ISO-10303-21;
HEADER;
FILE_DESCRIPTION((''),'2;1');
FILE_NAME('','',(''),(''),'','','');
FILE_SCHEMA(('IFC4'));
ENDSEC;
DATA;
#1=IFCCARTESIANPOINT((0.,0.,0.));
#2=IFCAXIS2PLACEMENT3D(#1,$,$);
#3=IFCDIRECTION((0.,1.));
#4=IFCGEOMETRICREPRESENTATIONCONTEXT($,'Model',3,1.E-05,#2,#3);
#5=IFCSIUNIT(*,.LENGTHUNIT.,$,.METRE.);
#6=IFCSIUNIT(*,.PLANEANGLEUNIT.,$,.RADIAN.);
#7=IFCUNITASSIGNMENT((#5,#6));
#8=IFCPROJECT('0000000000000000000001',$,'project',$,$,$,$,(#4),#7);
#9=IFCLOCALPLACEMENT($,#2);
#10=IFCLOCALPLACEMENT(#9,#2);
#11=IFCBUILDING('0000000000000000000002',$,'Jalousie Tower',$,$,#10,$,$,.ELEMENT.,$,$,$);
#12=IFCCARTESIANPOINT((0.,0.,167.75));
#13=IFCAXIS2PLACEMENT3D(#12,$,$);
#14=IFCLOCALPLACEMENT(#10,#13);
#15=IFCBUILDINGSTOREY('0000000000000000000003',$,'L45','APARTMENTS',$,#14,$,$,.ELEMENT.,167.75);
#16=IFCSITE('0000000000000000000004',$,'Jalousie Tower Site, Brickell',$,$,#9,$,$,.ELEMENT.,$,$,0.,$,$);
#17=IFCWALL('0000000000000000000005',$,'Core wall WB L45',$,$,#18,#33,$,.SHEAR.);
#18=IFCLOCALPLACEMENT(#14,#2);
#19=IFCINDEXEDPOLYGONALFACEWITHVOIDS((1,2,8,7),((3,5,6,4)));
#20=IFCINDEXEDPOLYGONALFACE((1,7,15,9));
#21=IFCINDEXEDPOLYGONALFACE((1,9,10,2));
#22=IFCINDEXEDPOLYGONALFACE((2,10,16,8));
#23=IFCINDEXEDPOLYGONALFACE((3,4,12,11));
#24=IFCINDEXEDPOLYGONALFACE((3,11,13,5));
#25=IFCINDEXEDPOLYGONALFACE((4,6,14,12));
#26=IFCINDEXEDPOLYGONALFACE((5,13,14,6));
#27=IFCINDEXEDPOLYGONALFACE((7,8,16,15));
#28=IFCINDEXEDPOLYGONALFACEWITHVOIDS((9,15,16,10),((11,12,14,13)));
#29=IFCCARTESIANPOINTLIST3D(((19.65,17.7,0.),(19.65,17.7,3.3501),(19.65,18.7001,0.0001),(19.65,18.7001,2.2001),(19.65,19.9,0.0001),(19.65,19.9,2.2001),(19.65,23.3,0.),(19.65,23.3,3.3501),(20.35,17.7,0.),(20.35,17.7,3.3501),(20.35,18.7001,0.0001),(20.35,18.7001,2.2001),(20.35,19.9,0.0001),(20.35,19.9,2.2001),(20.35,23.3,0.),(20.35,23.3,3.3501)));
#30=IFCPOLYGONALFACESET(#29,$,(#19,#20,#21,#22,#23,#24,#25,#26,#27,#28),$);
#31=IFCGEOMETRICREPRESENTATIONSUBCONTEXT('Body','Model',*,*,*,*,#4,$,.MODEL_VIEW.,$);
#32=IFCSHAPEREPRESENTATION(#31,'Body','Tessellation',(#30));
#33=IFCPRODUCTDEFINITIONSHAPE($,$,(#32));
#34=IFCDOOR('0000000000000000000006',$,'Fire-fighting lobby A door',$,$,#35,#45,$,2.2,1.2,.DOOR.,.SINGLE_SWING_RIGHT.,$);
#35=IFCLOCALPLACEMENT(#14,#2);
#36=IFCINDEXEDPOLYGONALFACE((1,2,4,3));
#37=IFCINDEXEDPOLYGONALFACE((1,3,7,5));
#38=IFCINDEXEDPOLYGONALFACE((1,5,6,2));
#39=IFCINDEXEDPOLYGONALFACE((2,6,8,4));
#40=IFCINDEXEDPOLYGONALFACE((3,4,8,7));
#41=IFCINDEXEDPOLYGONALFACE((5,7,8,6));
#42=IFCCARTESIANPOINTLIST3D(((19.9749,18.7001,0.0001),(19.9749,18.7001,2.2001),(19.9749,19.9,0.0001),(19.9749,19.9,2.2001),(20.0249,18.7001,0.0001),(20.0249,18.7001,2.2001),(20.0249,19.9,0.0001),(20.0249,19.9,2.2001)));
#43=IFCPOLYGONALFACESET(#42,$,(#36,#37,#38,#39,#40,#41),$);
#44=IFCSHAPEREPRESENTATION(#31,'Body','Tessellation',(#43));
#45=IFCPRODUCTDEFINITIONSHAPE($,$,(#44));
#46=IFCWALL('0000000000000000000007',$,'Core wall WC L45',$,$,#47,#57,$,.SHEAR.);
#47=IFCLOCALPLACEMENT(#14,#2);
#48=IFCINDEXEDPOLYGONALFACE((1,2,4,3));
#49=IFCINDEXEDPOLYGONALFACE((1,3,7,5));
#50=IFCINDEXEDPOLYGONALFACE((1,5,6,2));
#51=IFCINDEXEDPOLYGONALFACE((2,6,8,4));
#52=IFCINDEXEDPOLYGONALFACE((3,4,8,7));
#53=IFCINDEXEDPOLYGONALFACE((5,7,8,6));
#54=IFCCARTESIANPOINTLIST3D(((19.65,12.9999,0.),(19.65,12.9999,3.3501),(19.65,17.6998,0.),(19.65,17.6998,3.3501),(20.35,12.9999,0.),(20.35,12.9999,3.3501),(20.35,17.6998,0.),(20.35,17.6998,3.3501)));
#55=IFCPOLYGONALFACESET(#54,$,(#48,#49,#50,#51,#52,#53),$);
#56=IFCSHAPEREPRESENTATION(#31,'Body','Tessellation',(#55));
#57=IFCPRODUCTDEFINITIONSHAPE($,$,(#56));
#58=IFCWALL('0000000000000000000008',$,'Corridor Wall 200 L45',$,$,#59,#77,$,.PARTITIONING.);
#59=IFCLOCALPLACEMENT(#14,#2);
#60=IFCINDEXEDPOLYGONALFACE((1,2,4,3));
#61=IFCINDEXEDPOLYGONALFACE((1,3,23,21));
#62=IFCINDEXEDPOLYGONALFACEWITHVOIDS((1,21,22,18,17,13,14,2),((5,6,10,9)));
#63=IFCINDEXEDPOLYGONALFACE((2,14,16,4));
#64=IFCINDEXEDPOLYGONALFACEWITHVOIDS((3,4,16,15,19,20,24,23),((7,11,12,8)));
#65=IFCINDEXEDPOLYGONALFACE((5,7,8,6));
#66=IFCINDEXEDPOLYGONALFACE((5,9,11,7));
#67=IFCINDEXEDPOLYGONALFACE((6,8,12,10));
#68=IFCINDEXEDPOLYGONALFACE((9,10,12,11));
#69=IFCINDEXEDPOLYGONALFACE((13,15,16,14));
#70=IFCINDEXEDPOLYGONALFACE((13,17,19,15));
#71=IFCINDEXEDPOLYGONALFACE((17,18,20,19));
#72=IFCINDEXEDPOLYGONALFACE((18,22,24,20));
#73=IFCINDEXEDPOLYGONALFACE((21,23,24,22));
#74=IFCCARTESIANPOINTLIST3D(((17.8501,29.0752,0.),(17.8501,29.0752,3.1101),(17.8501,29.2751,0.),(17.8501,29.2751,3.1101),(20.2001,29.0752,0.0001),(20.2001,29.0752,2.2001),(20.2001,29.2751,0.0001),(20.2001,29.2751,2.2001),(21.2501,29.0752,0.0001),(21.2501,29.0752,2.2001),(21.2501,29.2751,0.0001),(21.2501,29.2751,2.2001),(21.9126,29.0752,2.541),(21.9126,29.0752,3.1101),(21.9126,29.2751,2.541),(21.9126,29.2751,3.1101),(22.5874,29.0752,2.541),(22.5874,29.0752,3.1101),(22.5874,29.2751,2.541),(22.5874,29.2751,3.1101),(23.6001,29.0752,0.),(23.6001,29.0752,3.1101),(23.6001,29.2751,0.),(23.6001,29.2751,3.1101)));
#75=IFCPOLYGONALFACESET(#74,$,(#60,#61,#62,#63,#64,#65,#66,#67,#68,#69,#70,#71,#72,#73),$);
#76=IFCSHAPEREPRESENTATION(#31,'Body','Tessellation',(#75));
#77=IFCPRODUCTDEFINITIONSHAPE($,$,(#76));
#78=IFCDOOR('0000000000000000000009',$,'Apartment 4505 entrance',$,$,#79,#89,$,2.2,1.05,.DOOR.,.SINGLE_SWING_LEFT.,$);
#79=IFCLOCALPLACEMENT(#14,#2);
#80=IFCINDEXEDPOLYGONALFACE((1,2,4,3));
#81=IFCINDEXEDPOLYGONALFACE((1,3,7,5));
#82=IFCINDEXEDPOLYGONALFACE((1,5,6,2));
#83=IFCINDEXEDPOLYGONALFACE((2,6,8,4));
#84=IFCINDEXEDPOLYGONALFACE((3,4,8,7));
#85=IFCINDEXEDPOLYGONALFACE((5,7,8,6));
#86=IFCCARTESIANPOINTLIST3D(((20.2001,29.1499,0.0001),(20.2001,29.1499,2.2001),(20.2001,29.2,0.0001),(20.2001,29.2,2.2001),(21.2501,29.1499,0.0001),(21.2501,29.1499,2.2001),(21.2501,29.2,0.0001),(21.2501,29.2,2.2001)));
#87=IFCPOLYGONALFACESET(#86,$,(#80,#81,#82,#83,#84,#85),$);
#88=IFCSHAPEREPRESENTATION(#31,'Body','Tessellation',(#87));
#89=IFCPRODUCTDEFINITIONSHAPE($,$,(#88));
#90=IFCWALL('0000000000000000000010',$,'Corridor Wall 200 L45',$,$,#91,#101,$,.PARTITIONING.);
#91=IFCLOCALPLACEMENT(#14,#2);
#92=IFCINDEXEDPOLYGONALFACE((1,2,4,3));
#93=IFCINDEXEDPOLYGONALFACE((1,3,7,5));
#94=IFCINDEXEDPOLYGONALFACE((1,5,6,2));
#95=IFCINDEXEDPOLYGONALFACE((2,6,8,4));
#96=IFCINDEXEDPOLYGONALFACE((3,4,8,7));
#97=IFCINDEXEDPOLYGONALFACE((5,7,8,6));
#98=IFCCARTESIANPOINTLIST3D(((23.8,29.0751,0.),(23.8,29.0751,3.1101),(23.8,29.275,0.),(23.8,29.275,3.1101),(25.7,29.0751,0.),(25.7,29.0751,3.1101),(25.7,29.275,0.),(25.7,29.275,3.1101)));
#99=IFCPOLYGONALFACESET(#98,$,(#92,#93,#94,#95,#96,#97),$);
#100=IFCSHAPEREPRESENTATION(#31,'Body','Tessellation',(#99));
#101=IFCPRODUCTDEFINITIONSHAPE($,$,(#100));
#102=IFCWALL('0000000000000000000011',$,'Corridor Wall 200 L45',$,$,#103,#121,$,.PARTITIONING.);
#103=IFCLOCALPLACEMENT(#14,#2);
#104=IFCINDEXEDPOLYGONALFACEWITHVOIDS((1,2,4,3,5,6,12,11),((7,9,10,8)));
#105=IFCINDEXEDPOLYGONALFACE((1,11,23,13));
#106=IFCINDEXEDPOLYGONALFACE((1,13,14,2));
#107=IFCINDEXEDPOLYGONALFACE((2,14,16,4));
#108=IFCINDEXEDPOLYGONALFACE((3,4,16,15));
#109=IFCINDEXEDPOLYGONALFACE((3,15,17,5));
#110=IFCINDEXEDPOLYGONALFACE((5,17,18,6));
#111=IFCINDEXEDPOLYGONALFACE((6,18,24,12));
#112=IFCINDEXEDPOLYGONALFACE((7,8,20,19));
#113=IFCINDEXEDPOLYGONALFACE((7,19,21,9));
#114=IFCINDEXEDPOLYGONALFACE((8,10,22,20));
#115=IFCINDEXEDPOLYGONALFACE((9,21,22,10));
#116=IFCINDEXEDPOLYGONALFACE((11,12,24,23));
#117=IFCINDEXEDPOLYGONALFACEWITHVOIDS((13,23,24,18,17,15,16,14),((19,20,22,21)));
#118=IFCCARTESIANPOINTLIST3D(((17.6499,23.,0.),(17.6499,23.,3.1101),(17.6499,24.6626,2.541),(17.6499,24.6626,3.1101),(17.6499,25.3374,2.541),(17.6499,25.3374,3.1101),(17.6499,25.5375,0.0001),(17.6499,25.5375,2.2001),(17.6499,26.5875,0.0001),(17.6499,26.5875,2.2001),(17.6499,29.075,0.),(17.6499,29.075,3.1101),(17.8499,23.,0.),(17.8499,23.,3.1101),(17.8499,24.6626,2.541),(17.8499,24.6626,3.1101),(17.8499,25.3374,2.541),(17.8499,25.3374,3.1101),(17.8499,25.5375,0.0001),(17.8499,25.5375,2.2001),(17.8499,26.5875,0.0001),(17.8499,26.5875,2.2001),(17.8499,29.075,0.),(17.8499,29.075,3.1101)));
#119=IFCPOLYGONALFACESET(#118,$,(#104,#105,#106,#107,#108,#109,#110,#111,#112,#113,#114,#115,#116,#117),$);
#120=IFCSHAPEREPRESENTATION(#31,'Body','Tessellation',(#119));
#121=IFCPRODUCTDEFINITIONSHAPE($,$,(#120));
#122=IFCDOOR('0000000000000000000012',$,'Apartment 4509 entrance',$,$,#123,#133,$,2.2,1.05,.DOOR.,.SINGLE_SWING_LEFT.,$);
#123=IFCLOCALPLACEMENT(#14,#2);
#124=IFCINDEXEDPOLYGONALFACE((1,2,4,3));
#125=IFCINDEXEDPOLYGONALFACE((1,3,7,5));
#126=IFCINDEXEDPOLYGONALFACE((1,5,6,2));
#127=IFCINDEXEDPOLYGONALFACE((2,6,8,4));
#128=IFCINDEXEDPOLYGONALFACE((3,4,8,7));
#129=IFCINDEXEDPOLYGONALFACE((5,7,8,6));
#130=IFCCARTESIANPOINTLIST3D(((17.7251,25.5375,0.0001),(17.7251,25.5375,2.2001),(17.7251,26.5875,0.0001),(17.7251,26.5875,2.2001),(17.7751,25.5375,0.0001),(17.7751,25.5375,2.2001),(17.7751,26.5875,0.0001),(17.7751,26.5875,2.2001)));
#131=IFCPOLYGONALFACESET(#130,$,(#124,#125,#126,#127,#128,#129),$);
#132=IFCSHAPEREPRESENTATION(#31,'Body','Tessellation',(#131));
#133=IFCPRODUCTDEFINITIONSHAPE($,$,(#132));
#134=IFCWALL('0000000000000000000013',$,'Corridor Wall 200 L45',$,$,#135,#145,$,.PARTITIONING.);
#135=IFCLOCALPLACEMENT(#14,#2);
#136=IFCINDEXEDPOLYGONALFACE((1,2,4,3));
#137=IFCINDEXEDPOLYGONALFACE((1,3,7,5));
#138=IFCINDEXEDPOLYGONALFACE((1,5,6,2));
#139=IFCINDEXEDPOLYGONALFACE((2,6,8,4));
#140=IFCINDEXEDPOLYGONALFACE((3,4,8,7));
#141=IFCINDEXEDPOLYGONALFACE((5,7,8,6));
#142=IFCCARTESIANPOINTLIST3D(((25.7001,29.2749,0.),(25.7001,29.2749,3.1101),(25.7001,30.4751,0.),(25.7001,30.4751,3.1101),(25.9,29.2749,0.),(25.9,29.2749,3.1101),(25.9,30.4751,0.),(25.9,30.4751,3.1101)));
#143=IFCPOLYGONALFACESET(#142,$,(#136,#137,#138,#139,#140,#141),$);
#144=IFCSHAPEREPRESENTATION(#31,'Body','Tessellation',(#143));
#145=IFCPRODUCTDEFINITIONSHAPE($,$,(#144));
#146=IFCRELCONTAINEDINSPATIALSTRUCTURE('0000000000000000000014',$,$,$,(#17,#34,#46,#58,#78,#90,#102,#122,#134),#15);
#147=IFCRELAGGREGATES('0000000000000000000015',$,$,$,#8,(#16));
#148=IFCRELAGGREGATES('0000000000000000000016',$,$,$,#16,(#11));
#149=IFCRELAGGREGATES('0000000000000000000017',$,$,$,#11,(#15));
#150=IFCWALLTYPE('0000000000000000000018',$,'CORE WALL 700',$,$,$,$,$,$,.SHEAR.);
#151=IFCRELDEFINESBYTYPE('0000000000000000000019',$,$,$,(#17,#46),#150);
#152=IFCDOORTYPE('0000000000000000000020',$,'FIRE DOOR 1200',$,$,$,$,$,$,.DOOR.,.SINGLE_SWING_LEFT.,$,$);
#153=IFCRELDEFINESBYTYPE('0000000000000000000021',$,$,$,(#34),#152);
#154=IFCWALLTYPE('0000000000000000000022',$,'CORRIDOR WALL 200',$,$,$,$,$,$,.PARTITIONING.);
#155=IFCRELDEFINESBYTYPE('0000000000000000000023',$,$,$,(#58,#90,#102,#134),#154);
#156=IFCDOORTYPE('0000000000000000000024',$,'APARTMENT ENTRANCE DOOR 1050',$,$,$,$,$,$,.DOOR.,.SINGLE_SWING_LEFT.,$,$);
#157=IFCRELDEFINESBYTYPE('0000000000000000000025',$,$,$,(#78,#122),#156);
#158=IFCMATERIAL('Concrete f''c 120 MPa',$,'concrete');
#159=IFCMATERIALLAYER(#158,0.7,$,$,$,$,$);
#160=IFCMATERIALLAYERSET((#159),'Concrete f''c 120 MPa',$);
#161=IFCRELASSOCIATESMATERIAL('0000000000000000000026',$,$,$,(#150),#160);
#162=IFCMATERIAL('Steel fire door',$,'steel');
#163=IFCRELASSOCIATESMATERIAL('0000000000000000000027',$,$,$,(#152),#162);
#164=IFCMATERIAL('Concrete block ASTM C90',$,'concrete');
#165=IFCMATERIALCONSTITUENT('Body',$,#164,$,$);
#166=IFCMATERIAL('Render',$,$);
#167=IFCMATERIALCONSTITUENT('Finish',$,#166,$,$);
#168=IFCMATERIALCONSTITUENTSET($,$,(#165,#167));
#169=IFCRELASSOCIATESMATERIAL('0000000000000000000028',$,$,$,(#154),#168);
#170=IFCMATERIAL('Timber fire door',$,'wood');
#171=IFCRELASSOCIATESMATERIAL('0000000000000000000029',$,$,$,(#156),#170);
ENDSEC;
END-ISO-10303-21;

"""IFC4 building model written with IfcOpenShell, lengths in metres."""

from ifc_helpers import new_model, si_unit, direction, frame, frame_2d, origin, place, context, subcontext, project, spatial, polyline, rectangle, outline, extrude, material, layer, layer_set, constituent, constituent_set, type_object, element, fill, save


model = new_model("IFC4")

# Units and contexts
model_context = context("Model", 3, precision=1e-05, world=origin(), true_north=direction((0.0, 1.0)))
body_context = subcontext(model_context, "Body", "Model", "MODEL_VIEW")
ifc_project = project(units=[si_unit("LENGTHUNIT", "METRE"), si_unit("PLANEANGLEUNIT", "RADIAN")], contexts=[model_context])

# Site, building, storey
site_placement = place(None, origin())
site = spatial("IfcSite", under=ifc_project, at=site_placement, Name="Jalousie Tower Site, Brickell", CompositionType="ELEMENT", RefElevation=0.0)
building_placement = place(site_placement, origin())
building = spatial("IfcBuilding", under=site, at=building_placement, Name="Jalousie Tower", CompositionType="ELEMENT")
storey_placement = place(building_placement, frame((0.0, 0.0, 167.75)))
storey = spatial("IfcBuildingStorey", under=building, at=storey_placement, Name="L45", Description="APARTMENTS", CompositionType="ELEMENT", Elevation=167.75)

# Shared definitions
ifc_material_1 = material(Name="Concrete f'c 120 MPa", Category="concrete")
ifc_layer_1 = layer(ifc_material_1, 0.7)
ifc_layer_set_1 = layer_set([ifc_layer_1], Name="Concrete f'c 120 MPa")
wall_type_1 = type_object("IfcWallType", Name="CORE WALL 700", PredefinedType="SHEAR", material=ifc_layer_set_1)

# Wall, opening, door
wall_1_placement = place(storey_placement, frame((20.0, 23.3, 0.0), z_axis=(0.0, 0.0, 1.0), x_axis=(0.0, -1.0, 0.0)))
wall_1 = element("IfcWall", 1, at=wall_1_placement, inside=storey, type_object=wall_type_1, Name="Core wall WB L45", PredefinedType="SHEAR", context=body_context, shape_type="SweptSolid", body=[
    extrude(rectangle(XDim=5.6001, YDim=0.7, at=frame_2d((2.8, 0.0))), origin(), (0.0, 0.0, 1.0), 3.3501),
])
opening_1_placement = place(wall_1_placement, frame((3.3999, 0.0, 0.0)))
opening_1 = element("IfcOpeningElement", 2, at=opening_1_placement, cuts=wall_1, PredefinedType="OPENING", context=body_context, shape_type="SweptSolid", body=[
    extrude(rectangle(XDim=1.2, YDim=2.2, at=frame_2d((0.6001, 1.1001))), frame((0.0, 0.3599, 0.0), z_axis=(0.0, -1.0, 0.0), x_axis=(1.0, 0.0, 0.0)), (0.0, 0.0, 1.0), 0.72),
])
ifc_material_2 = material(Name="Steel fire door", Category="steel")
door_type_1 = type_object("IfcDoorType", Name="FIRE DOOR 1200", OperationType="SINGLE_SWING_LEFT", PredefinedType="DOOR", material=ifc_material_2)
door_1_placement = place(opening_1_placement, origin())
door_1 = element("IfcDoor", 3, at=door_1_placement, inside=storey, type_object=door_type_1, Name="Fire-fighting lobby A door", OperationType="SINGLE_SWING_RIGHT", OverallHeight=2.2, OverallWidth=1.2, PredefinedType="DOOR", context=body_context, shape_type="SweptSolid", body=[
    extrude(rectangle(XDim=1.2, YDim=2.2, at=frame_2d((0.6001, 1.1001))), frame((0.0, 0.0249, 0.0), z_axis=(0.0, -1.0, 0.0), x_axis=(1.0, 0.0, 0.0)), (0.0, 0.0, 1.0), 0.05),
])
fill(opening_1, door_1)

# Wall
wall_2_placement = place(storey_placement, frame((20.0, 17.7, 0.0), z_axis=(0.0, 0.0, 1.0), x_axis=(0.0, -1.0, 0.0)))
element("IfcWall", 4, at=wall_2_placement, inside=storey, type_object=wall_type_1, Name="Core wall WC L45", PredefinedType="SHEAR", context=body_context, shape_type="SweptSolid", body=[
    extrude(rectangle(XDim=4.7, YDim=0.7, at=frame_2d((2.3501, 0.0))), origin(), (0.0, 0.0, 1.0), 3.3501),
])

# Wall, opening, door
ifc_material_3 = material(Name="Concrete block ASTM C90", Category="concrete")
ifc_constituent_1 = constituent(ifc_material_3, Name="Body")
ifc_material_4 = material(Name="Render")
ifc_constituent_2 = constituent(ifc_material_4, Name="Finish")
ifc_constituent_set_1 = constituent_set(constituents=[ifc_constituent_1, ifc_constituent_2])
wall_type_2 = type_object("IfcWallType", Name="CORRIDOR WALL 200", PredefinedType="PARTITIONING", material=ifc_constituent_set_1)
wall_3_placement = place(storey_placement, frame((17.8501, 29.175, 0.0), z_axis=(0.0, 0.0, 1.0), x_axis=(1.0, 0.0, 0.0)))
wall_3 = element("IfcWall", 5, at=wall_3_placement, inside=storey, type_object=wall_type_2, Name="Corridor Wall 200 L45", PredefinedType="PARTITIONING", context=body_context, shape_type="SweptSolid", body=[
    extrude(outline(polyline([(0.0, 0.0), (5.75, 0.0), (5.75, 3.1101), (4.7373, 3.1101), (4.7373, 2.541), (4.0625, 2.541), (4.0625, 3.1101), (0.0, 3.1101), (0.0, 0.0)])), frame((0.0, 0.1001, 0.0), z_axis=(0.0, -1.0, 0.0), x_axis=(1.0, 0.0, 0.0)), (0.0, 0.0, 1.0), 0.2),
])
opening_2_placement = place(wall_3_placement, frame((2.3501, 0.0, 0.0)))
opening_2 = element("IfcOpeningElement", 6, at=opening_2_placement, cuts=wall_3, PredefinedType="OPENING", context=body_context, shape_type="SweptSolid", body=[
    extrude(rectangle(XDim=1.05, YDim=2.2, at=frame_2d((0.5249, 1.1001))), frame((0.0, 0.1099, 0.0), z_axis=(0.0, -1.0, 0.0), x_axis=(1.0, 0.0, 0.0)), (0.0, 0.0, 1.0), 0.22),
])
ifc_material_5 = material(Name="Timber fire door", Category="wood")
door_type_2 = type_object("IfcDoorType", Name="APARTMENT ENTRANCE DOOR 1050", OperationType="SINGLE_SWING_LEFT", PredefinedType="DOOR", material=ifc_material_5)
door_2_placement = place(opening_2_placement, origin())
door_2 = element("IfcDoor", 7, at=door_2_placement, inside=storey, type_object=door_type_2, Name="Apartment 4505 entrance", OperationType="SINGLE_SWING_LEFT", OverallHeight=2.2, OverallWidth=1.05, PredefinedType="DOOR", context=body_context, shape_type="SweptSolid", body=[
    extrude(rectangle(XDim=1.05, YDim=2.2, at=frame_2d((0.5249, 1.1001))), frame((0.0, 0.0249, 0.0), z_axis=(0.0, -1.0, 0.0), x_axis=(1.0, 0.0, 0.0)), (0.0, 0.0, 1.0), 0.05),
])
fill(opening_2, door_2)

# Wall
wall_4_placement = place(storey_placement, frame((23.8, 29.175, 0.0), z_axis=(0.0, 0.0, 1.0), x_axis=(1.0, 0.0, 0.0)))
element("IfcWall", 8, at=wall_4_placement, inside=storey, type_object=wall_type_2, Name="Corridor Wall 200 L45", PredefinedType="PARTITIONING", context=body_context, shape_type="SweptSolid", body=[
    extrude(rectangle(XDim=1.8999, YDim=0.2, at=frame_2d((0.95, 0.0))), origin(), (0.0, 0.0, 1.0), 3.1101),
])

# Wall, opening, door
wall_5_placement = place(storey_placement, frame((17.75, 23.0, 0.0), z_axis=(0.0, 0.0, 1.0), x_axis=(0.0, 1.0, 0.0)))
wall_5 = element("IfcWall", 9, at=wall_5_placement, inside=storey, type_object=wall_type_2, Name="Corridor Wall 200 L45", PredefinedType="PARTITIONING", context=body_context, shape_type="SweptSolid", body=[
    extrude(outline(polyline([(0.0, 0.0), (6.075, 0.0), (6.075, 3.1101), (2.3374, 3.1101), (2.3374, 2.541), (1.6626, 2.541), (1.6626, 3.1101), (0.0, 3.1101), (0.0, 0.0)])), frame((0.0, 0.1001, 0.0), z_axis=(0.0, -1.0, 0.0), x_axis=(1.0, 0.0, 0.0)), (0.0, 0.0, 1.0), 0.2),
])
opening_3_placement = place(wall_5_placement, frame((2.5376, 0.0, 0.0)))
opening_3 = element("IfcOpeningElement", 10, at=opening_3_placement, cuts=wall_5, PredefinedType="OPENING", context=body_context, shape_type="SweptSolid", body=[
    extrude(rectangle(XDim=1.05, YDim=2.2, at=frame_2d((0.5249, 1.1001))), frame((0.0, 0.1099, 0.0), z_axis=(0.0, -1.0, 0.0), x_axis=(1.0, 0.0, 0.0)), (0.0, 0.0, 1.0), 0.22),
])
door_3_placement = place(opening_3_placement, origin())
door_3 = element("IfcDoor", 11, at=door_3_placement, inside=storey, type_object=door_type_2, Name="Apartment 4509 entrance", OperationType="SINGLE_SWING_LEFT", OverallHeight=2.2, OverallWidth=1.05, PredefinedType="DOOR", context=body_context, shape_type="SweptSolid", body=[
    extrude(rectangle(XDim=1.05, YDim=2.2, at=frame_2d((0.5249, 1.1001))), frame((0.0, 0.0249, 0.0), z_axis=(0.0, -1.0, 0.0), x_axis=(1.0, 0.0, 0.0)), (0.0, 0.0, 1.0), 0.05),
])
fill(opening_3, door_3)

# Wall
wall_6_placement = place(storey_placement, frame((25.8, 29.2749, 0.0), z_axis=(0.0, 0.0, 1.0), x_axis=(0.0, 1.0, 0.0)))
element("IfcWall", 12, at=wall_6_placement, inside=storey, type_object=wall_type_2, Name="Corridor Wall 200 L45", PredefinedType="PARTITIONING", context=body_context, shape_type="SweptSolid", body=[
    extrude(rectangle(XDim=1.2002, YDim=0.2, at=frame_2d((0.6001, 0.0))), origin(), (0.0, 0.0, 1.0), 3.1101),
])

save(model, "model.ifc")
